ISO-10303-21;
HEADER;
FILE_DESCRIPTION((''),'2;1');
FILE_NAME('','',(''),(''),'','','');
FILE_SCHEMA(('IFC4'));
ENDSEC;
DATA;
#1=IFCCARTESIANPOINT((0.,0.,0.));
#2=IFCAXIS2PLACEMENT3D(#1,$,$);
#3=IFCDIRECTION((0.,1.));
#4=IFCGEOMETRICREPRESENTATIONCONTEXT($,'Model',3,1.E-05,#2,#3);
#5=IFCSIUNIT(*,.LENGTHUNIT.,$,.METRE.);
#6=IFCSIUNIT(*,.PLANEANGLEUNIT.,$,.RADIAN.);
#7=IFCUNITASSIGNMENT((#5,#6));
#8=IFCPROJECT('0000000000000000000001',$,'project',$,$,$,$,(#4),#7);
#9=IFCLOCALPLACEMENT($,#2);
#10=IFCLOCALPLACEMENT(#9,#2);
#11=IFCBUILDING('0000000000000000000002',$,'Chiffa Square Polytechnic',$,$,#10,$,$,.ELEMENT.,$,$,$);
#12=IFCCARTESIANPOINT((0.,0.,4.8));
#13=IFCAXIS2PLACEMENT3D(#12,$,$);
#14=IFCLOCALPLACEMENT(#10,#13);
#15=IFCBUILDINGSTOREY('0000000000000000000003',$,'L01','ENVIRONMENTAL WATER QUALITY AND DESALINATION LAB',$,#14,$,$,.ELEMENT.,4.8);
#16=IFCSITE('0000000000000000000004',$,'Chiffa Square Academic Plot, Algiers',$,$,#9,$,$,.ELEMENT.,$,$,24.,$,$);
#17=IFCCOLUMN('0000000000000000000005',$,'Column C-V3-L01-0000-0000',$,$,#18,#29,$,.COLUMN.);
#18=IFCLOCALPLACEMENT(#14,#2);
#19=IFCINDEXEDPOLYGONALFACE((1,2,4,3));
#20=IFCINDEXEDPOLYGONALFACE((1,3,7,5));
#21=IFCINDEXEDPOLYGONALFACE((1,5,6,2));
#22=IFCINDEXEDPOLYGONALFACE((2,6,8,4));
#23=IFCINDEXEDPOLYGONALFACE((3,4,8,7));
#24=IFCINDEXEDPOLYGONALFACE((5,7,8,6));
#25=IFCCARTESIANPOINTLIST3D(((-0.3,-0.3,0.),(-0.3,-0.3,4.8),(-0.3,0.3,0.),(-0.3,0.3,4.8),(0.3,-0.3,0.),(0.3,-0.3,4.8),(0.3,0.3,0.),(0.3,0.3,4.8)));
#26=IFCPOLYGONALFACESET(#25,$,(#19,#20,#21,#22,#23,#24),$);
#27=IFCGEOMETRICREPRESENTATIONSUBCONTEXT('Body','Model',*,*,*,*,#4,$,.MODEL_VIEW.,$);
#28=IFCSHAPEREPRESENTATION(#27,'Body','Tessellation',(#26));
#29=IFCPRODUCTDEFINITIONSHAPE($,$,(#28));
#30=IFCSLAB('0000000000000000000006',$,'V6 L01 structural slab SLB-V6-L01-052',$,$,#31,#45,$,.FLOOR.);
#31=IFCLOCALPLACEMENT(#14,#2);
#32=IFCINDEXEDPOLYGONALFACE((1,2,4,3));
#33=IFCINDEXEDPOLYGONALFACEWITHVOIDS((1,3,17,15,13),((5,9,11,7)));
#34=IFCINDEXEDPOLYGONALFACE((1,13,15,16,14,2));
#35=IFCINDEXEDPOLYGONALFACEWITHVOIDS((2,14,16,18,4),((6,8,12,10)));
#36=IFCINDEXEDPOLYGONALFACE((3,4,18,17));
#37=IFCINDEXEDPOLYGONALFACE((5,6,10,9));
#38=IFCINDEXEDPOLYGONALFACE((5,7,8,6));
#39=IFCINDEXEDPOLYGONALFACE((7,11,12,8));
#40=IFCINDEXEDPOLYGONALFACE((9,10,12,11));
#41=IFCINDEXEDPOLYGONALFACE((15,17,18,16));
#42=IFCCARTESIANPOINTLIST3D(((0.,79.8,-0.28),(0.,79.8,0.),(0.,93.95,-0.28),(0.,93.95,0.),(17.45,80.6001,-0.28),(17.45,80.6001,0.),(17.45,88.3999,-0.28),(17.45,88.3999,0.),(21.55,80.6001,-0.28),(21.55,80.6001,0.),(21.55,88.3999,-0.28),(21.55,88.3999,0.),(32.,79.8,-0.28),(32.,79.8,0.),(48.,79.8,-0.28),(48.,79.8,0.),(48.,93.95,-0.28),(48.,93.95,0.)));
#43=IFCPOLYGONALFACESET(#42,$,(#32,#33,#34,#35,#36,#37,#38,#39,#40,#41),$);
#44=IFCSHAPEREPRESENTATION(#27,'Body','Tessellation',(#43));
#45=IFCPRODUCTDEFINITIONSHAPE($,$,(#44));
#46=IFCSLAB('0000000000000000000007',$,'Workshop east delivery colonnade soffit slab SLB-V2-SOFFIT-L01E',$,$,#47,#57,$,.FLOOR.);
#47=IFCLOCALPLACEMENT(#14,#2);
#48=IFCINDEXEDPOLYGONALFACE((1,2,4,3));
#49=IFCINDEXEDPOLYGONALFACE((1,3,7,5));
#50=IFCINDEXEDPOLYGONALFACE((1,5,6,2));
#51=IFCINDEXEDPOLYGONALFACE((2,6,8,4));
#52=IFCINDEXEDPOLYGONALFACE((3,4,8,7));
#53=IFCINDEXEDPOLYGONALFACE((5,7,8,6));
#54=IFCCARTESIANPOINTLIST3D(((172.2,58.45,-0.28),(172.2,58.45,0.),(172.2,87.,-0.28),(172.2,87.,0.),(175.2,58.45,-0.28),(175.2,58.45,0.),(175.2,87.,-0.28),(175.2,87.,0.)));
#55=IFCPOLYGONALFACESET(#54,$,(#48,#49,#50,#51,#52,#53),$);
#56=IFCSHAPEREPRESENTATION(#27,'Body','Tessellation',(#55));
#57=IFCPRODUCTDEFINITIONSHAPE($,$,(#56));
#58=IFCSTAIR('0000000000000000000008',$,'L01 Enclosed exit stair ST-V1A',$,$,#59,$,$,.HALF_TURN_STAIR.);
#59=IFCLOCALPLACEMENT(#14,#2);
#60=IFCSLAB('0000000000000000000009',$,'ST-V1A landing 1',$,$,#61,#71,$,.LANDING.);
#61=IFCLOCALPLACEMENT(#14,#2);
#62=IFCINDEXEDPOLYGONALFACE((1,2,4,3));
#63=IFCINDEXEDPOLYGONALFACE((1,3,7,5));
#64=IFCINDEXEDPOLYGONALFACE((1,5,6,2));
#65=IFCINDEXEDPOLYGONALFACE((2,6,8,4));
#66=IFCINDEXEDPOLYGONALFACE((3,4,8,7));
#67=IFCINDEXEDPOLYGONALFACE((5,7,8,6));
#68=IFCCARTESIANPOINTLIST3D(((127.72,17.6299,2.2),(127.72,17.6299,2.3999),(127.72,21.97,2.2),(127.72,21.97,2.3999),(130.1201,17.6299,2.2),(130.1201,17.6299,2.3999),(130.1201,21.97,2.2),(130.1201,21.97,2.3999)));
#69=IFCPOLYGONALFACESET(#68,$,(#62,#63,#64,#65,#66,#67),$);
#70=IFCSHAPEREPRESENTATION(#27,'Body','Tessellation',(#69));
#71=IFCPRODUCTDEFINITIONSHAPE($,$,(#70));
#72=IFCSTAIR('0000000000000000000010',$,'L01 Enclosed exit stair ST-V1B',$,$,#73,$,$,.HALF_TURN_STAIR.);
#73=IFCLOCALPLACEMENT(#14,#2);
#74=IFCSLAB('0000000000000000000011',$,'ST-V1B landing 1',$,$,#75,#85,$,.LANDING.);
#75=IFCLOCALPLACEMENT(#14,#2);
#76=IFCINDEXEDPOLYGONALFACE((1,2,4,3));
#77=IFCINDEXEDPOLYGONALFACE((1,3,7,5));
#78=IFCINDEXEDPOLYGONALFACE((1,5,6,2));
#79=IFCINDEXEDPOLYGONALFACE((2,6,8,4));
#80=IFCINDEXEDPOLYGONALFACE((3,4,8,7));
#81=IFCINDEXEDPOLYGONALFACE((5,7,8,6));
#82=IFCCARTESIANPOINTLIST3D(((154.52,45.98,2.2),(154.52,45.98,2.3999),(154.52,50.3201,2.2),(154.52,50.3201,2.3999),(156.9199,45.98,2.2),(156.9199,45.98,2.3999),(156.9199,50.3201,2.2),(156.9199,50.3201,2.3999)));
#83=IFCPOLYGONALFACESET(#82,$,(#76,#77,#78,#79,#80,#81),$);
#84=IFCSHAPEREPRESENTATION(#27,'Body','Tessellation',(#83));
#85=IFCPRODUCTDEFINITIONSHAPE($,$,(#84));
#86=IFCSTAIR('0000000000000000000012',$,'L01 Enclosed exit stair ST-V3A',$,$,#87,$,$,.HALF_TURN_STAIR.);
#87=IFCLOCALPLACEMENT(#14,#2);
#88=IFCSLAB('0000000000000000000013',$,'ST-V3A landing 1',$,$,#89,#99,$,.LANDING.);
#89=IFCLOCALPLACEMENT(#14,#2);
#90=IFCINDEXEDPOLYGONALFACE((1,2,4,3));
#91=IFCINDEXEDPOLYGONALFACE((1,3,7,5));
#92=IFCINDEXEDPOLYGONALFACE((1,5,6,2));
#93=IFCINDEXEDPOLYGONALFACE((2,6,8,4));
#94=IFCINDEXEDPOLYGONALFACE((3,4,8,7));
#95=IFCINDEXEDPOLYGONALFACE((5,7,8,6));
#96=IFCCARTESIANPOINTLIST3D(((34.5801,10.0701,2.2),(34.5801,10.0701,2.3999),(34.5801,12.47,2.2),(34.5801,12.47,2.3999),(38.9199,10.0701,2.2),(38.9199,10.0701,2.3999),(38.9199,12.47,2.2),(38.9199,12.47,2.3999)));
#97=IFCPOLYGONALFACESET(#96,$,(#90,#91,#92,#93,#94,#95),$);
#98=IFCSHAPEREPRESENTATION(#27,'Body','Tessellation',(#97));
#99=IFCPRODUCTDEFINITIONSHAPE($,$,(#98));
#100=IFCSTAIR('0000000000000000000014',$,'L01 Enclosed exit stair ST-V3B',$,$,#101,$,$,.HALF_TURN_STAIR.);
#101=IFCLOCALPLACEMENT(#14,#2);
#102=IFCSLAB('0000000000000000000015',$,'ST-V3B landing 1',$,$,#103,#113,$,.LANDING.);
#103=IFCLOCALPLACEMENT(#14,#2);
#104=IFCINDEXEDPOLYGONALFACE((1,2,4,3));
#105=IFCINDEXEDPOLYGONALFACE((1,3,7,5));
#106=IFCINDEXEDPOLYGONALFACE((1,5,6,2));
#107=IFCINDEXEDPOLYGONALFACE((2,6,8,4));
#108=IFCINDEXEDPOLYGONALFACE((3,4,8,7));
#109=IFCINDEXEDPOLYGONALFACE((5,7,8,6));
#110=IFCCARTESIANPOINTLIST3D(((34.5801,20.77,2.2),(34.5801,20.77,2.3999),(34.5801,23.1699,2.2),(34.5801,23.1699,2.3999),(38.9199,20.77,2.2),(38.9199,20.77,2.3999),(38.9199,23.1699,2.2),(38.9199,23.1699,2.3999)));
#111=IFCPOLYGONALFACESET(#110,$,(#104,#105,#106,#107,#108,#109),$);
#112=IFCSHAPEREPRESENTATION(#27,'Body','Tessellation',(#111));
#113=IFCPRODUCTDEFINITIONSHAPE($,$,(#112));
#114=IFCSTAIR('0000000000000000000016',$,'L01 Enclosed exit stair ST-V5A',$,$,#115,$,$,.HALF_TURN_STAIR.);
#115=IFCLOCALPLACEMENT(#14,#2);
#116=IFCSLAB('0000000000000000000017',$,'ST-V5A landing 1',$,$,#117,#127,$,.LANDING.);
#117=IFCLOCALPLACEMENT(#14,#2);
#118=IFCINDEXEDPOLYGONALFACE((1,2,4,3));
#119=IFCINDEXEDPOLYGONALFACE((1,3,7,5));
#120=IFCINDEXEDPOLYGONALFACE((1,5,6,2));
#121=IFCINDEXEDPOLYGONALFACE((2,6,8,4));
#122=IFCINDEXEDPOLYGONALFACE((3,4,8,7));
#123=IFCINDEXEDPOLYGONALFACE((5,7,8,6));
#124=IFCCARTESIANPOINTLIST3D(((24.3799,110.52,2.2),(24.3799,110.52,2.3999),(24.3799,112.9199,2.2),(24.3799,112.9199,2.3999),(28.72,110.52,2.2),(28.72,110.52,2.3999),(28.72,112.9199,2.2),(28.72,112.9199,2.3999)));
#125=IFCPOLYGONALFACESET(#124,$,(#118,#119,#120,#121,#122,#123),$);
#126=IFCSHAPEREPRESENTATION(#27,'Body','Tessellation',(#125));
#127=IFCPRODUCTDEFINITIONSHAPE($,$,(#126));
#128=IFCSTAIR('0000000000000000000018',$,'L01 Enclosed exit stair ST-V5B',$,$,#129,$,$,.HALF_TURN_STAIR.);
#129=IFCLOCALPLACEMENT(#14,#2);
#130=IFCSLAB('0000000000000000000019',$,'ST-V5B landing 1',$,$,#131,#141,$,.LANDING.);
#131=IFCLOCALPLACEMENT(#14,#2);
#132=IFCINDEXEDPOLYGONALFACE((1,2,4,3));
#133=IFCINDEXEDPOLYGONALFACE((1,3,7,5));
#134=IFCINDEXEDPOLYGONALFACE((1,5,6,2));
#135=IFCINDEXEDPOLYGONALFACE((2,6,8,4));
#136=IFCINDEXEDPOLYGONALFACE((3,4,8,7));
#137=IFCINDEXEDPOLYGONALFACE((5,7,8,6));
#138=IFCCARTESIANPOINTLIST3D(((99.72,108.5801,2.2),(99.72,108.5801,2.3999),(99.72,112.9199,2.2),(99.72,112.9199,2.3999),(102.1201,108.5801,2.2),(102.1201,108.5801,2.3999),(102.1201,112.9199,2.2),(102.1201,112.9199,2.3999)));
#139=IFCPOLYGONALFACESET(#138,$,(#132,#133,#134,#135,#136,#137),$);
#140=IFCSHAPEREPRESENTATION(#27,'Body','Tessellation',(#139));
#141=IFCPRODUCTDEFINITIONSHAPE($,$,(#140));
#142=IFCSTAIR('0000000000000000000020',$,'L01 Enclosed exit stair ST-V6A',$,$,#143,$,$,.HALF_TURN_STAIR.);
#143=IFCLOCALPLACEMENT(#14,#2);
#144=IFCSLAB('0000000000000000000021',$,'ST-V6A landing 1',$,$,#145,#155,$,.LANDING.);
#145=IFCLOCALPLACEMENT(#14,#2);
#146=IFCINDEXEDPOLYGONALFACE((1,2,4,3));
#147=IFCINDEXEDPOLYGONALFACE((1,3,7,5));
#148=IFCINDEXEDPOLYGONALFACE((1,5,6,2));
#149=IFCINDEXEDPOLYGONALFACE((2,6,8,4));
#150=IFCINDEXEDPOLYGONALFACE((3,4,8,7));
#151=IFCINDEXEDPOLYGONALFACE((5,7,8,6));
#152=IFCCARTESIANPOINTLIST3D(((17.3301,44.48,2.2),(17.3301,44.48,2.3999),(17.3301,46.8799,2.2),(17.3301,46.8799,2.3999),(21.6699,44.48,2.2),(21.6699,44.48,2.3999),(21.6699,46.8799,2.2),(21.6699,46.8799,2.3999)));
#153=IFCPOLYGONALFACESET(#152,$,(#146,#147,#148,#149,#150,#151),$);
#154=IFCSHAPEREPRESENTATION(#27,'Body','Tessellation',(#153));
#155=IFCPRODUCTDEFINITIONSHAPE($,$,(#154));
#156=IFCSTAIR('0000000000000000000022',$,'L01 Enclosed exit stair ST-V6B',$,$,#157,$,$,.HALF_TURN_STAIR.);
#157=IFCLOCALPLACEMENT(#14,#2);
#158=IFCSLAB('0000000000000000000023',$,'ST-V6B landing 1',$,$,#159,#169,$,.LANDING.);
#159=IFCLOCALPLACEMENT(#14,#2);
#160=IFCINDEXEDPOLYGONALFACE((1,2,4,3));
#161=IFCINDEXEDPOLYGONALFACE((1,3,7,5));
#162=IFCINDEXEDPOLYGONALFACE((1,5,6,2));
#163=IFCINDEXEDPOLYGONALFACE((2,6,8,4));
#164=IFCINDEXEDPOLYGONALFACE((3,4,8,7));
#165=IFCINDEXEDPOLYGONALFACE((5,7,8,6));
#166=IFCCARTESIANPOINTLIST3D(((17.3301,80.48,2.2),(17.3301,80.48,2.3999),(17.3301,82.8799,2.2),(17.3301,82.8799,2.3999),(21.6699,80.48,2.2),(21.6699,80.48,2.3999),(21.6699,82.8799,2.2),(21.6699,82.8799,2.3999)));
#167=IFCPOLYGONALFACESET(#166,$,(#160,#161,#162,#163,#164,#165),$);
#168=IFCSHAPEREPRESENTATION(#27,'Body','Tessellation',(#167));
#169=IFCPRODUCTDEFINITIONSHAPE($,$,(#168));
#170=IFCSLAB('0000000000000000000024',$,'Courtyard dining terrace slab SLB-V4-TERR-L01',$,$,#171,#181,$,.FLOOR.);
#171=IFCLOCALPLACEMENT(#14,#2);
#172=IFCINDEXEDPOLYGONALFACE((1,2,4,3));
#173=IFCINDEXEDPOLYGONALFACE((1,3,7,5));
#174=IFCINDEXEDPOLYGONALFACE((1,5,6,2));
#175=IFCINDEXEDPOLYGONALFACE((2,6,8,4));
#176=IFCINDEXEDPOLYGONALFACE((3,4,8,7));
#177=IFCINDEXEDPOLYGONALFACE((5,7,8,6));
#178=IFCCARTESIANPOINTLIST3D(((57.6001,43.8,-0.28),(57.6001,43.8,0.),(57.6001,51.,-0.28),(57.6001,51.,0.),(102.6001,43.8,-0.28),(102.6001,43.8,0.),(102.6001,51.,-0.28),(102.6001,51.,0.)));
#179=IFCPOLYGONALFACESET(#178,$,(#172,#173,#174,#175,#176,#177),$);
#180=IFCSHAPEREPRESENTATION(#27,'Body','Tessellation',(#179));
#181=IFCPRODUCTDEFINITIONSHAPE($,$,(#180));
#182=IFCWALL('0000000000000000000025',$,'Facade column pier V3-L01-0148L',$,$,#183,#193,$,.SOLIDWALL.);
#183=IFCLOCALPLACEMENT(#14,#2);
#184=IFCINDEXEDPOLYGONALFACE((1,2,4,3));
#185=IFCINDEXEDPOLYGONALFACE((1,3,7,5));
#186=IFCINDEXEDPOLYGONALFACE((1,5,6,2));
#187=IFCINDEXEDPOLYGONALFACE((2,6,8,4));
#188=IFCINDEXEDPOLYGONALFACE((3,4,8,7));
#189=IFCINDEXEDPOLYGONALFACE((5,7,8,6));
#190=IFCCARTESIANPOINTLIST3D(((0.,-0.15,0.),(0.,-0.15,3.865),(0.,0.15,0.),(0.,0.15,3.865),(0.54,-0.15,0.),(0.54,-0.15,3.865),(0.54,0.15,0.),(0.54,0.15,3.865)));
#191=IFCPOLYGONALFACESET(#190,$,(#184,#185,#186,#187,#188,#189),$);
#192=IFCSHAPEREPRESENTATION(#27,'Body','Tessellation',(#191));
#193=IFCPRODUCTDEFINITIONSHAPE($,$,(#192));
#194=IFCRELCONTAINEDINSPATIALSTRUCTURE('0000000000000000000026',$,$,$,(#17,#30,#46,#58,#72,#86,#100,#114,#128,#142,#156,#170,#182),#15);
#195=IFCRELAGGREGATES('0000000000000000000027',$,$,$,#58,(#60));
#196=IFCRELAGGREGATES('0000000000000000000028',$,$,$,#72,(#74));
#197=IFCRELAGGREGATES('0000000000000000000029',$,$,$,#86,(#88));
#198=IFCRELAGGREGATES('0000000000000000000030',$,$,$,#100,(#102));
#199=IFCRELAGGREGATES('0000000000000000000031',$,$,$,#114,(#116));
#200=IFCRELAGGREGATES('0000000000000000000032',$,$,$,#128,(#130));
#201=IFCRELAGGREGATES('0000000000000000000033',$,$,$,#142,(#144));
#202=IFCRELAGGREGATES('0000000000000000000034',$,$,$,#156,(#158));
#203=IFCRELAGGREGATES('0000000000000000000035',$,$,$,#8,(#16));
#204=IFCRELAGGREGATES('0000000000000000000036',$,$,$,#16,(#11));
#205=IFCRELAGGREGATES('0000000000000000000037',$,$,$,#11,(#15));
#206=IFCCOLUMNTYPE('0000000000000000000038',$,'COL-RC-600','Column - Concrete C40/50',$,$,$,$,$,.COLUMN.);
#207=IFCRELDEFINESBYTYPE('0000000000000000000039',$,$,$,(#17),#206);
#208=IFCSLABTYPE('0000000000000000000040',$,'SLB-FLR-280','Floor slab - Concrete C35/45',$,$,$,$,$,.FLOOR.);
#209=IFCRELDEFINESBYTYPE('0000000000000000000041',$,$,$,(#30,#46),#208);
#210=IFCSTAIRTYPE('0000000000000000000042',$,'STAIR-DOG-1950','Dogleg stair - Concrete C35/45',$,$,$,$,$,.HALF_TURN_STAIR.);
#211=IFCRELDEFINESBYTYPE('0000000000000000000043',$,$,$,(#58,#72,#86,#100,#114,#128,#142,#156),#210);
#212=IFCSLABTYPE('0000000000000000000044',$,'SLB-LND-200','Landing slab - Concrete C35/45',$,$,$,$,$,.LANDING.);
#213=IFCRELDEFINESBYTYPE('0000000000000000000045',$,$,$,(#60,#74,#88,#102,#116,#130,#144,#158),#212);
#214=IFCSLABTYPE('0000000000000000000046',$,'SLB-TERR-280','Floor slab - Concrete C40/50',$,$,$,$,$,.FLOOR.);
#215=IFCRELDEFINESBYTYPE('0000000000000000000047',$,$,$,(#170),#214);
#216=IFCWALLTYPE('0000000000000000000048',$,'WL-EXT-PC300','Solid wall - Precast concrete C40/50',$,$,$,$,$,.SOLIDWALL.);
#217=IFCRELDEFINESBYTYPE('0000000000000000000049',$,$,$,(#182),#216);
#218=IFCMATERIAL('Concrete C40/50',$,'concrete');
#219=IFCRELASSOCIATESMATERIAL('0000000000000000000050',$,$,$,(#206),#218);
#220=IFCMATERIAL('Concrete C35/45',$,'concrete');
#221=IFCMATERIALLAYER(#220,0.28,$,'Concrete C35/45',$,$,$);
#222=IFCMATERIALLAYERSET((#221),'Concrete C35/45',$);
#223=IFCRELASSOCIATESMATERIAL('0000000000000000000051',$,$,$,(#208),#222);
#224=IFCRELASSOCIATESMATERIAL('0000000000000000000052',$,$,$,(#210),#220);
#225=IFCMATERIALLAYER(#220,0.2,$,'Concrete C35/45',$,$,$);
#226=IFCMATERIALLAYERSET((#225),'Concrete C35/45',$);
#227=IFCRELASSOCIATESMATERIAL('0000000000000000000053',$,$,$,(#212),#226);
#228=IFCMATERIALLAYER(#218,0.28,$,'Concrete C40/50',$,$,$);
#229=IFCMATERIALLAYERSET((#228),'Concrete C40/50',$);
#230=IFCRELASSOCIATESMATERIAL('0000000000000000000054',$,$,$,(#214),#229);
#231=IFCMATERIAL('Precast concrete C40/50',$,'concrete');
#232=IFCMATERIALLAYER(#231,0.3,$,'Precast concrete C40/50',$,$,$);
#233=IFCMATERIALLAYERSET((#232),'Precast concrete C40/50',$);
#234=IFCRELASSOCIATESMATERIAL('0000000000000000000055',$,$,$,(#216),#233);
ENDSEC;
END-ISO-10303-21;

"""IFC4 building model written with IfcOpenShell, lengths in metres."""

from ifc_helpers import new_model, si_unit, direction, frame, frame_2d, origin, origin_with_axes, origin_2d, place, context, subcontext, project, spatial, polyline, rectangle, outline, extrude, material, layer, layer_set, material_profile, profile_set, type_object, element, aggregate, save


model = new_model("IFC4")

# Units and contexts
model_context = context("Model", 3, precision=1e-05, world=origin(), true_north=direction((0.0, 1.0)))
body_context = subcontext(model_context, "Body", "Model", "MODEL_VIEW")
ifc_project = project(units=[si_unit("LENGTHUNIT", "METRE"), si_unit("PLANEANGLEUNIT", "RADIAN")], contexts=[model_context])

# Site, building, storey
site_placement = place(None, origin())
site = spatial("IfcSite", under=ifc_project, at=site_placement, Name="Chiffa Square Academic Plot, Algiers", CompositionType="ELEMENT", RefElevation=24.0)
building_placement = place(site_placement, origin())
building = spatial("IfcBuilding", under=site, at=building_placement, Name="Chiffa Square Polytechnic", CompositionType="ELEMENT")
storey_placement = place(building_placement, frame((0.0, 0.0, 4.8)))
storey = spatial("IfcBuildingStorey", under=building, at=storey_placement, Name="L01", Description="ENVIRONMENTAL WATER QUALITY AND DESALINATION LAB", CompositionType="ELEMENT", Elevation=4.8)

# Column
ifc_material_1 = material(Name="Concrete C40/50", Category="concrete")
ifc_material_profile = material_profile(ifc_material_1, rectangle(XDim=0.6001, YDim=0.6001, at=origin_2d()), Name="RC 600x600")
ifc_profile_set = profile_set([ifc_material_profile], Name="Concrete C40/50")
column_type = type_object("IfcColumnType", Name="COL-RC-600", Description="Column - Concrete C40/50", PredefinedType="COLUMN", material=ifc_profile_set)
column_placement = place(storey_placement, origin_with_axes())
element("IfcColumn", 1, at=column_placement, inside=storey, type_object=column_type, Name="Column C-V3-L01-0000-0000", PredefinedType="COLUMN", context=body_context, shape_type="SweptSolid", body=[
    extrude(rectangle(XDim=0.6001, YDim=0.6001, at=origin_2d()), origin(), (0.0, 0.0, 1.0), 4.8),
])

# Slabs
ifc_material_2 = material(Name="Concrete C35/45", Category="concrete")
ifc_layer_1 = layer(ifc_material_2, 0.28, Name="Concrete C35/45")
ifc_layer_set_1 = layer_set([ifc_layer_1], Name="Concrete C35/45")
slab_type_1 = type_object("IfcSlabType", Name="SLB-FLR-280", Description="Floor slab - Concrete C35/45", PredefinedType="FLOOR", material=ifc_layer_set_1)
slab_1_placement = place(storey_placement, frame((0.0, 0.0, -0.28)))
element("IfcSlab", 2, at=slab_1_placement, inside=storey, type_object=slab_type_1, Name="V6 L01 structural slab SLB-V6-L01-052", PredefinedType="FLOOR", context=body_context, shape_type="SweptSolid", body=[
    extrude(outline(polyline([(32.0, 79.8), (0.0, 79.8), (0.0, 93.95), (48.0, 93.95), (48.0, 79.8), (32.0, 79.8)]), holes=[polyline([(21.55, 88.3999), (21.55, 80.6001), (17.45, 80.6001), (17.45, 88.3999), (21.55, 88.3999)])]), origin(), (0.0, 0.0, 1.0), 0.28),
])
slab_2_placement = place(storey_placement, frame((0.0, 0.0, -0.28)))
element("IfcSlab", 3, at=slab_2_placement, inside=storey, type_object=slab_type_1, Name="Workshop east delivery colonnade soffit slab SLB-V2-SOFFIT-L01E", PredefinedType="FLOOR", context=body_context, shape_type="SweptSolid", body=[
    extrude(outline(polyline([(172.2, 58.45), (175.2, 58.45), (175.2, 87.0), (172.2, 87.0), (172.2, 58.45)])), origin(), (0.0, 0.0, 1.0), 0.28),
])

# Stairs, slabs
stair_type = type_object("IfcStairType", Name="STAIR-DOG-1950", Description="Dogleg stair - Concrete C35/45", PredefinedType="HALF_TURN_STAIR", material=ifc_material_2)
stair_1_placement = place(storey_placement, origin())
stair_1 = element("IfcStair", 4, at=stair_1_placement, inside=storey, type_object=stair_type, Name="L01 Enclosed exit stair ST-V1A", PredefinedType="HALF_TURN_STAIR")
ifc_layer_2 = layer(ifc_material_2, 0.2, Name="Concrete C35/45")
ifc_layer_set_2 = layer_set([ifc_layer_2], Name="Concrete C35/45")
slab_type_2 = type_object("IfcSlabType", Name="SLB-LND-200", Description="Landing slab - Concrete C35/45", PredefinedType="LANDING", material=ifc_layer_set_2)
slab_3_placement = place(storey_placement, frame((0.0, 0.0, 2.2)))
slab_3 = element("IfcSlab", 5, at=slab_3_placement, type_object=slab_type_2, Name="ST-V1A landing 1", PredefinedType="LANDING", context=body_context, shape_type="SweptSolid", body=[
    extrude(outline(polyline([(127.72, 17.6299), (127.72, 21.97), (130.1201, 21.97), (130.1201, 17.6299), (127.72, 17.6299)])), origin(), (0.0, 0.0, 1.0), 0.2),
])
aggregate(stair_1, [slab_3])
stair_2_placement = place(storey_placement, origin())
stair_2 = element("IfcStair", 6, at=stair_2_placement, inside=storey, type_object=stair_type, Name="L01 Enclosed exit stair ST-V1B", PredefinedType="HALF_TURN_STAIR")
slab_4_placement = place(storey_placement, frame((0.0, 0.0, 2.2)))
slab_4 = element("IfcSlab", 7, at=slab_4_placement, type_object=slab_type_2, Name="ST-V1B landing 1", PredefinedType="LANDING", context=body_context, shape_type="SweptSolid", body=[
    extrude(outline(polyline([(154.52, 45.98), (154.52, 50.3201), (156.9199, 50.3201), (156.9199, 45.98), (154.52, 45.98)])), origin(), (0.0, 0.0, 1.0), 0.2),
])
aggregate(stair_2, [slab_4])
stair_3_placement = place(storey_placement, origin())
stair_3 = element("IfcStair", 8, at=stair_3_placement, inside=storey, type_object=stair_type, Name="L01 Enclosed exit stair ST-V3A", PredefinedType="HALF_TURN_STAIR")
slab_5_placement = place(storey_placement, frame((0.0, 0.0, 2.2)))
slab_5 = element("IfcSlab", 9, at=slab_5_placement, type_object=slab_type_2, Name="ST-V3A landing 1", PredefinedType="LANDING", context=body_context, shape_type="SweptSolid", body=[
    extrude(outline(polyline([(38.9199, 10.0701), (34.5801, 10.0701), (34.5801, 12.47), (38.9199, 12.47), (38.9199, 10.0701)])), origin(), (0.0, 0.0, 1.0), 0.2),
])
aggregate(stair_3, [slab_5])
stair_4_placement = place(storey_placement, origin())
stair_4 = element("IfcStair", 10, at=stair_4_placement, inside=storey, type_object=stair_type, Name="L01 Enclosed exit stair ST-V3B", PredefinedType="HALF_TURN_STAIR")
slab_6_placement = place(storey_placement, frame((0.0, 0.0, 2.2)))
slab_6 = element("IfcSlab", 11, at=slab_6_placement, type_object=slab_type_2, Name="ST-V3B landing 1", PredefinedType="LANDING", context=body_context, shape_type="SweptSolid", body=[
    extrude(outline(polyline([(38.9199, 20.77), (34.5801, 20.77), (34.5801, 23.1699), (38.9199, 23.1699), (38.9199, 20.77)])), origin(), (0.0, 0.0, 1.0), 0.2),
])
aggregate(stair_4, [slab_6])
stair_5_placement = place(storey_placement, origin())
stair_5 = element("IfcStair", 12, at=stair_5_placement, inside=storey, type_object=stair_type, Name="L01 Enclosed exit stair ST-V5A", PredefinedType="HALF_TURN_STAIR")
slab_7_placement = place(storey_placement, frame((0.0, 0.0, 2.2)))
slab_7 = element("IfcSlab", 13, at=slab_7_placement, type_object=slab_type_2, Name="ST-V5A landing 1", PredefinedType="LANDING", context=body_context, shape_type="SweptSolid", body=[
    extrude(outline(polyline([(28.72, 110.52), (24.3799, 110.52), (24.3799, 112.9199), (28.72, 112.9199), (28.72, 110.52)])), origin(), (0.0, 0.0, 1.0), 0.2),
])
aggregate(stair_5, [slab_7])
stair_6_placement = place(storey_placement, origin())
stair_6 = element("IfcStair", 14, at=stair_6_placement, inside=storey, type_object=stair_type, Name="L01 Enclosed exit stair ST-V5B", PredefinedType="HALF_TURN_STAIR")
slab_8_placement = place(storey_placement, frame((0.0, 0.0, 2.2)))
slab_8 = element("IfcSlab", 15, at=slab_8_placement, type_object=slab_type_2, Name="ST-V5B landing 1", PredefinedType="LANDING", context=body_context, shape_type="SweptSolid", body=[
    extrude(outline(polyline([(99.72, 108.5801), (99.72, 112.9199), (102.1201, 112.9199), (102.1201, 108.5801), (99.72, 108.5801)])), origin(), (0.0, 0.0, 1.0), 0.2),
])
aggregate(stair_6, [slab_8])
stair_7_placement = place(storey_placement, origin())
stair_7 = element("IfcStair", 16, at=stair_7_placement, inside=storey, type_object=stair_type, Name="L01 Enclosed exit stair ST-V6A", PredefinedType="HALF_TURN_STAIR")
slab_9_placement = place(storey_placement, frame((0.0, 0.0, 2.2)))
slab_9 = element("IfcSlab", 17, at=slab_9_placement, type_object=slab_type_2, Name="ST-V6A landing 1", PredefinedType="LANDING", context=body_context, shape_type="SweptSolid", body=[
    extrude(outline(polyline([(17.3301, 46.8799), (21.6699, 46.8799), (21.6699, 44.48), (17.3301, 44.48), (17.3301, 46.8799)])), origin(), (0.0, 0.0, 1.0), 0.2),
])
aggregate(stair_7, [slab_9])
stair_8_placement = place(storey_placement, origin())
stair_8 = element("IfcStair", 18, at=stair_8_placement, inside=storey, type_object=stair_type, Name="L01 Enclosed exit stair ST-V6B", PredefinedType="HALF_TURN_STAIR")
slab_10_placement = place(storey_placement, frame((0.0, 0.0, 2.2)))
slab_10 = element("IfcSlab", 19, at=slab_10_placement, type_object=slab_type_2, Name="ST-V6B landing 1", PredefinedType="LANDING", context=body_context, shape_type="SweptSolid", body=[
    extrude(outline(polyline([(17.3301, 82.8799), (21.6699, 82.8799), (21.6699, 80.48), (17.3301, 80.48), (17.3301, 82.8799)])), origin(), (0.0, 0.0, 1.0), 0.2),
])
aggregate(stair_8, [slab_10])

# Slab
ifc_layer_3 = layer(ifc_material_1, 0.28, Name="Concrete C40/50")
ifc_layer_set_3 = layer_set([ifc_layer_3], Name="Concrete C40/50")
slab_type_3 = type_object("IfcSlabType", Name="SLB-TERR-280", Description="Floor slab - Concrete C40/50", PredefinedType="FLOOR", material=ifc_layer_set_3)
slab_11_placement = place(storey_placement, frame((0.0, 0.0, -0.28)))
element("IfcSlab", 20, at=slab_11_placement, inside=storey, type_object=slab_type_3, Name="Courtyard dining terrace slab SLB-V4-TERR-L01", PredefinedType="FLOOR", context=body_context, shape_type="SweptSolid", body=[
    extrude(outline(polyline([(57.6001, 43.8), (102.6001, 43.8), (102.6001, 51.0), (57.6001, 51.0), (57.6001, 43.8)])), origin(), (0.0, 0.0, 1.0), 0.28),
])

# Wall
ifc_material_3 = material(Name="Precast concrete C40/50", Category="concrete")
ifc_layer_4 = layer(ifc_material_3, 0.3, Name="Precast concrete C40/50")
ifc_layer_set_4 = layer_set([ifc_layer_4], Name="Precast concrete C40/50")
wall_type = type_object("IfcWallType", Name="WL-EXT-PC300", Description="Solid wall - Precast concrete C40/50", PredefinedType="SOLIDWALL", material=ifc_layer_set_4)
wall_placement = place(storey_placement, origin_with_axes())
element("IfcWall", 21, at=wall_placement, inside=storey, type_object=wall_type, Name="Facade column pier V3-L01-0148L", PredefinedType="SOLIDWALL", context=body_context, shape_type="SweptSolid", body=[
    extrude(rectangle(XDim=0.54, YDim=0.3, at=frame_2d((0.27, 0.0))), origin(), (0.0, 0.0, 1.0), 3.865),
])

save(model, "model.ifc")
